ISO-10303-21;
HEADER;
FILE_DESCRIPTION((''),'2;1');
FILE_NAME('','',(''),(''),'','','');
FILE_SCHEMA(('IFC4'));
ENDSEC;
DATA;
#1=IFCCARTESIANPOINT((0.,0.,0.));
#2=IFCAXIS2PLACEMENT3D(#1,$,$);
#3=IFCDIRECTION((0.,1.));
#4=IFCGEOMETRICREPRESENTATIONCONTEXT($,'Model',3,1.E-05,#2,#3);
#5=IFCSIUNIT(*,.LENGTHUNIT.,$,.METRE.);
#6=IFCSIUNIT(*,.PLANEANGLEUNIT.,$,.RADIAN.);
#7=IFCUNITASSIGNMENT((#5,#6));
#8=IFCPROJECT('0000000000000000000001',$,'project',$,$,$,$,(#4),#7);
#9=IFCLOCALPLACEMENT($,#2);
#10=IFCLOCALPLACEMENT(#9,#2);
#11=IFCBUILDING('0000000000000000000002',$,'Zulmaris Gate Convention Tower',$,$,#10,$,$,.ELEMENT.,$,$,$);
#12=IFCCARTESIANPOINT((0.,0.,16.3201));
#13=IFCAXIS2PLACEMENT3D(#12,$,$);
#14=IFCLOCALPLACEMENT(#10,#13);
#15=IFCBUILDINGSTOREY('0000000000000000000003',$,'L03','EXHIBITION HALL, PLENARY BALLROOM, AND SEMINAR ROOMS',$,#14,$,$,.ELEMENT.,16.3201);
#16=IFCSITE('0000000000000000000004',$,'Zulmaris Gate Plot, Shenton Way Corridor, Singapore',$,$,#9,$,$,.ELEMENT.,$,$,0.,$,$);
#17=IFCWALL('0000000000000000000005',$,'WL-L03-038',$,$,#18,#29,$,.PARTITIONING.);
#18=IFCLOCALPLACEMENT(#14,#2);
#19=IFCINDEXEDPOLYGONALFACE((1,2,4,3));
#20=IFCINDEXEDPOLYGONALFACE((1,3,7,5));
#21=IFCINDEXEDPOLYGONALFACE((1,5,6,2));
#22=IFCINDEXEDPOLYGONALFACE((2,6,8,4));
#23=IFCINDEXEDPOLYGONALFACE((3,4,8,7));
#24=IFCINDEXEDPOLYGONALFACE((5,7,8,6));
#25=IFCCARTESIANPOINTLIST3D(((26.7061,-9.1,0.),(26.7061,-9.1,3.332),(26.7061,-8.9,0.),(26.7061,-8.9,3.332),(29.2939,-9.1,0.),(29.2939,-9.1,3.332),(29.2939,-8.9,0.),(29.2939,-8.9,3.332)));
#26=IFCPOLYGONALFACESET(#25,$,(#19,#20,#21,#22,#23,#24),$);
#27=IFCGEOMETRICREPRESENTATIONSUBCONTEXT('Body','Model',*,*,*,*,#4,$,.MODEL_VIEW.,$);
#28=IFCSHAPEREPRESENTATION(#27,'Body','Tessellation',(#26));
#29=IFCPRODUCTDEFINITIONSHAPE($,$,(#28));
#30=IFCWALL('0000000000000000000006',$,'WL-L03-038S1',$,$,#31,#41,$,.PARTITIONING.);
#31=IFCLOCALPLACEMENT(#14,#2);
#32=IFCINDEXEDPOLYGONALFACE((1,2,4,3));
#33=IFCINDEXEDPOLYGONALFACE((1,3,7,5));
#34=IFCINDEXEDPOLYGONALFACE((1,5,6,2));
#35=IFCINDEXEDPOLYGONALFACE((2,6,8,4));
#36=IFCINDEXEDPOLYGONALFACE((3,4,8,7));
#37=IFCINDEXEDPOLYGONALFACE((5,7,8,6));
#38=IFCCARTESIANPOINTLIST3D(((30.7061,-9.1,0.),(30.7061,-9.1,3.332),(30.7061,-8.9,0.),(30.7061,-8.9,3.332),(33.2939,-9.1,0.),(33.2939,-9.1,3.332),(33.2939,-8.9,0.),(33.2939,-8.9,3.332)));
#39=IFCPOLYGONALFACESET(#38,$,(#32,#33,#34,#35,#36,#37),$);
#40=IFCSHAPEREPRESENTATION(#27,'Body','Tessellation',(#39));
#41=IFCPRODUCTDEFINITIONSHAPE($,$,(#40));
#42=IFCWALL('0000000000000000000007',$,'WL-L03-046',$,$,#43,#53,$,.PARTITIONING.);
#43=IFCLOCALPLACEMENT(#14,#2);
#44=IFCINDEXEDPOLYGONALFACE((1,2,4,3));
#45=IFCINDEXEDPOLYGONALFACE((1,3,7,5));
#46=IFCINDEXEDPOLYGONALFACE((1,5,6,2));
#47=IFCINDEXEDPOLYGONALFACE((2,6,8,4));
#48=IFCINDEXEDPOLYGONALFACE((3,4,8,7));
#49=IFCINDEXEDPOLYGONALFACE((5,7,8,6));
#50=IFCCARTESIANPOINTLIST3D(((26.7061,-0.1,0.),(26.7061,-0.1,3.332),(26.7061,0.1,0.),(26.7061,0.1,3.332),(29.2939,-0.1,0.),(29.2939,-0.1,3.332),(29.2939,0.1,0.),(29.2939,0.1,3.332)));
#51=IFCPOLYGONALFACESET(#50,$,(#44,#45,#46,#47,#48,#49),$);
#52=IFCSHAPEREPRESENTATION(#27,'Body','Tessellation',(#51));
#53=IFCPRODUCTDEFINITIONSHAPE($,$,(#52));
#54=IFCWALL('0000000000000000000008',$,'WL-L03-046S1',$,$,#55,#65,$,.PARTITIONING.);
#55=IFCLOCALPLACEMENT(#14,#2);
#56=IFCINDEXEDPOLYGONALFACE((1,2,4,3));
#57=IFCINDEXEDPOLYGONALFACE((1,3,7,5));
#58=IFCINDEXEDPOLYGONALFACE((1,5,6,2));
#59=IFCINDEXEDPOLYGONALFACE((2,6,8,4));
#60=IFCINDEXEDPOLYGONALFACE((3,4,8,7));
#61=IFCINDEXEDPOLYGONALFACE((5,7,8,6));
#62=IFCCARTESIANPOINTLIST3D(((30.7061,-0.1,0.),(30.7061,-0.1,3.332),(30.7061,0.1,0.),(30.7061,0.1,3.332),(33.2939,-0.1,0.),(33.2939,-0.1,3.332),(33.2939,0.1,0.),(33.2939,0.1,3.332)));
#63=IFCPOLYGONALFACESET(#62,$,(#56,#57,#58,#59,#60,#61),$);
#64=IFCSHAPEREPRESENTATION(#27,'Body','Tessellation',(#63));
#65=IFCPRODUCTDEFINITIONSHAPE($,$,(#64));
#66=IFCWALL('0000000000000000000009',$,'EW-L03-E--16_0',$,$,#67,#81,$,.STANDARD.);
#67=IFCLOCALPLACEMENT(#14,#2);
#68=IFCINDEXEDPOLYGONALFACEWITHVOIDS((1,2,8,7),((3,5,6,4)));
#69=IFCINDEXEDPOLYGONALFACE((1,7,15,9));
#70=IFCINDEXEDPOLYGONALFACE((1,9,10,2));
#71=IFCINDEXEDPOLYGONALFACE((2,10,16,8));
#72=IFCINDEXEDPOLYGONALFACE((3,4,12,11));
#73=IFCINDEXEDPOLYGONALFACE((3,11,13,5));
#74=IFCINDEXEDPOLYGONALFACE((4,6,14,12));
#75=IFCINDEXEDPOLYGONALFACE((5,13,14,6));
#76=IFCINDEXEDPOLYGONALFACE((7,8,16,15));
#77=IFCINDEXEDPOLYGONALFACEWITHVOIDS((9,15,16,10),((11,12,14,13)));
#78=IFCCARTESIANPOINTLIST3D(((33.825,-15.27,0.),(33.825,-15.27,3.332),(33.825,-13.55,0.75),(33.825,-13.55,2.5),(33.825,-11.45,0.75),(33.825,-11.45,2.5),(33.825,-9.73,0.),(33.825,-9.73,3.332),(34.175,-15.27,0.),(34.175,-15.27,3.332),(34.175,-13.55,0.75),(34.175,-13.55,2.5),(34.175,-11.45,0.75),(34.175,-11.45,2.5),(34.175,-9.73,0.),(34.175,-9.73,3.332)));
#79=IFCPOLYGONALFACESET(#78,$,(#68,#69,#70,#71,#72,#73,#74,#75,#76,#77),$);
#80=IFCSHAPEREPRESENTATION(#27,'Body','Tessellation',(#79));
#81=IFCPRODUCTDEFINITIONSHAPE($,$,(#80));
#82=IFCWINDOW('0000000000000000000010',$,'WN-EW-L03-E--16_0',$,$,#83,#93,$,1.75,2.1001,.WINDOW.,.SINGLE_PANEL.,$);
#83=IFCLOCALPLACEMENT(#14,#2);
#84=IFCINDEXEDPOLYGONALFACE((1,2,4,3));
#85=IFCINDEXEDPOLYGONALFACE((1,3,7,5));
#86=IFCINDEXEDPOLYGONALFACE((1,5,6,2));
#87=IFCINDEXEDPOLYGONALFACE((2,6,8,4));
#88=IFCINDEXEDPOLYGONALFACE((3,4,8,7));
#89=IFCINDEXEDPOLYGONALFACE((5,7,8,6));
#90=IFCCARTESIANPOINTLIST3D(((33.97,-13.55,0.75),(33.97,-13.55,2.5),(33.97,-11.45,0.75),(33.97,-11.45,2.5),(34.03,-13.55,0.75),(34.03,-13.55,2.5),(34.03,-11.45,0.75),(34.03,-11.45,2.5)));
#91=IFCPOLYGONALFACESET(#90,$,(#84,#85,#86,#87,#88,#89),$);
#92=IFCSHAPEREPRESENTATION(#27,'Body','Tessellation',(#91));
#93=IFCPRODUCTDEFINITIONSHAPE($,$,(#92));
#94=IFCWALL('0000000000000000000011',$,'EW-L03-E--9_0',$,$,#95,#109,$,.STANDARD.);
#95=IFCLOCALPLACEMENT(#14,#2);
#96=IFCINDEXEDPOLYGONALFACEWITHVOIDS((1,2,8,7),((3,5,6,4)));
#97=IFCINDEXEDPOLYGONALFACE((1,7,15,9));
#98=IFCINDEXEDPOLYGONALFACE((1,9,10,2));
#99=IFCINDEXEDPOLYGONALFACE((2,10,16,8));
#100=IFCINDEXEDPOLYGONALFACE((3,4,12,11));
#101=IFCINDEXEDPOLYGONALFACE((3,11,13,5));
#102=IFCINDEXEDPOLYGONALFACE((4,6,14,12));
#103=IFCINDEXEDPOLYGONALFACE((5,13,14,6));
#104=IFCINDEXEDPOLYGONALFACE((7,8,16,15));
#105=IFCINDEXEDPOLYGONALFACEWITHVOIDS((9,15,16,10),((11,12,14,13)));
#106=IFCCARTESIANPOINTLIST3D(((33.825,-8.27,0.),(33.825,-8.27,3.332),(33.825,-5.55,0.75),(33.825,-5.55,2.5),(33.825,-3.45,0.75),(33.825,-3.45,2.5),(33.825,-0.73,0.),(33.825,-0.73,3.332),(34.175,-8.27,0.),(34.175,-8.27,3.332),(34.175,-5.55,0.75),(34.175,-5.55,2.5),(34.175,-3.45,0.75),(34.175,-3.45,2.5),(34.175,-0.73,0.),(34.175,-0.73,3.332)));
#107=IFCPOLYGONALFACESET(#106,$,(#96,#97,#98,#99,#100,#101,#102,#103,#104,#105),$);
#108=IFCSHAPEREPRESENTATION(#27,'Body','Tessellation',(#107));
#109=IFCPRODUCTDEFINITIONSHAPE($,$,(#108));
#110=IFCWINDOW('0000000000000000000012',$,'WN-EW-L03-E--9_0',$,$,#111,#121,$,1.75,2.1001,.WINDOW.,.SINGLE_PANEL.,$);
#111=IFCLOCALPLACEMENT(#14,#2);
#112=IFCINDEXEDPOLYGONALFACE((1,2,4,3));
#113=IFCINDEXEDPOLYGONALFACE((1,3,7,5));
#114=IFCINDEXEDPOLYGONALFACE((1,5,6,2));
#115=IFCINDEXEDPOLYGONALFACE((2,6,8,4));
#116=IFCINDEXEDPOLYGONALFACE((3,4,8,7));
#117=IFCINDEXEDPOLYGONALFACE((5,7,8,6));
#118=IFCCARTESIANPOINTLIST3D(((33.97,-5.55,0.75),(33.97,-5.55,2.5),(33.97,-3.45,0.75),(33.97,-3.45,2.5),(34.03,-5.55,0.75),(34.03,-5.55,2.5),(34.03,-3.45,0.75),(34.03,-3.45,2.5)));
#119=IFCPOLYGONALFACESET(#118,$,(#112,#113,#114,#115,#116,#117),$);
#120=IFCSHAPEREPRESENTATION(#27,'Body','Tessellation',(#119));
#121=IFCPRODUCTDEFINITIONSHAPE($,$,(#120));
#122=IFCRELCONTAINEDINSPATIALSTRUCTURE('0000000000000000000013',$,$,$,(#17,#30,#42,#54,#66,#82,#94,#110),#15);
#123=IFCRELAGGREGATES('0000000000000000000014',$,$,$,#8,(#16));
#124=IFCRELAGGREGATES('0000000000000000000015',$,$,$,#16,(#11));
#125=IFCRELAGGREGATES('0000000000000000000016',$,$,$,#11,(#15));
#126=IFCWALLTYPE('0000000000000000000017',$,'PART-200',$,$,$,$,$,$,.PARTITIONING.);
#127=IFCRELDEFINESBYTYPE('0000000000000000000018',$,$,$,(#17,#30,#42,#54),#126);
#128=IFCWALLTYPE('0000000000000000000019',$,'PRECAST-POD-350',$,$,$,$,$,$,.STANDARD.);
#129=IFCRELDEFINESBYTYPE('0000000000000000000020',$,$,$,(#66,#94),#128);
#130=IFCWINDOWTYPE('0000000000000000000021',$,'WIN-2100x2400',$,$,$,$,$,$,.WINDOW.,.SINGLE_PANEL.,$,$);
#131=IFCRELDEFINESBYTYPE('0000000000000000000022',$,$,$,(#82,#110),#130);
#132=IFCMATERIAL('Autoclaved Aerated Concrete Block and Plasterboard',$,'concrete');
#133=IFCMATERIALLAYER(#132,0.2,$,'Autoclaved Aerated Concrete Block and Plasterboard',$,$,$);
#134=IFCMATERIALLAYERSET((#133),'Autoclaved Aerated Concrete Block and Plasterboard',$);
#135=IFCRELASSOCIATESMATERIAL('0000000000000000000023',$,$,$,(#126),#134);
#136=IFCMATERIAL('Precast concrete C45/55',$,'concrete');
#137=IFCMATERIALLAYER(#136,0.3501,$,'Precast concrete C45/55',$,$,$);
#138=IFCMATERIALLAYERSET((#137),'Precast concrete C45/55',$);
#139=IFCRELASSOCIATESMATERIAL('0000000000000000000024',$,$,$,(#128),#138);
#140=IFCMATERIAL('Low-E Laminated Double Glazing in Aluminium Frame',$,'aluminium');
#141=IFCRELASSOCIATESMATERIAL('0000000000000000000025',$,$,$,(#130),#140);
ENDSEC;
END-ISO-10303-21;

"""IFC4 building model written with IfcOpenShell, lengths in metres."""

from ifc_helpers import new_model, si_unit, direction, frame, frame_2d, origin, place, context, subcontext, project, spatial, rectangle, extrude, material, layer, layer_set, type_object, element, fill, save


model = new_model("IFC4")

# Units and contexts
model_context = context("Model", 3, precision=1e-05, world=origin(), true_north=direction((0.0, 1.0)))
body_context = subcontext(model_context, "Body", "Model", "MODEL_VIEW")
ifc_project = project(units=[si_unit("LENGTHUNIT", "METRE"), si_unit("PLANEANGLEUNIT", "RADIAN")], contexts=[model_context])

# Site, building, storey
site_placement = place(None, origin())
site = spatial("IfcSite", under=ifc_project, at=site_placement, Name="Zulmaris Gate Plot, Shenton Way Corridor, Singapore", CompositionType="ELEMENT", RefElevation=0.0)
building_placement = place(site_placement, origin())
building = spatial("IfcBuilding", under=site, at=building_placement, Name="Zulmaris Gate Convention Tower", CompositionType="ELEMENT")
storey_placement = place(building_placement, frame((0.0, 0.0, 16.3201)))
storey = spatial("IfcBuildingStorey", under=building, at=storey_placement, Name="L03", Description="EXHIBITION HALL, PLENARY BALLROOM, AND SEMINAR ROOMS", CompositionType="ELEMENT", Elevation=16.3201)

# Walls
ifc_material_1 = material(Name="Autoclaved Aerated Concrete Block and Plasterboard", Category="concrete")
ifc_layer_1 = layer(ifc_material_1, 0.2, Name="Autoclaved Aerated Concrete Block and Plasterboard")
ifc_layer_set_1 = layer_set([ifc_layer_1], Name="Autoclaved Aerated Concrete Block and Plasterboard")
wall_type_1 = type_object("IfcWallType", Name="PART-200", PredefinedType="PARTITIONING", material=ifc_layer_set_1)
for number, where, z_axis, x_axis, name in (
    (1, (26.7061, -9.0, 0.0), (0.0, 0.0, 1.0), (1.0, 0.0, 0.0), "WL-L03-038"),
    (2, (30.7061, -9.0, 0.0), (0.0, 0.0, 1.0), (1.0, 0.0, 0.0), "WL-L03-038S1"),
    (3, (26.7061, 0.0, 0.0), (0.0, 0.0, 1.0), (1.0, 0.0, 0.0), "WL-L03-046"),
    (4, (30.7061, 0.0, 0.0), (0.0, 0.0, 1.0), (1.0, 0.0, 0.0), "WL-L03-046S1"),
):
    element("IfcWall", number, at=place(storey_placement, frame(where, z_axis=z_axis, x_axis=x_axis)), inside=storey, type_object=wall_type_1, Name=name, PredefinedType="PARTITIONING", context=body_context, shape_type="SweptSolid", body=[
        extrude(rectangle(XDim=2.5879, YDim=0.2, at=frame_2d((1.2939, 0.0))), origin(), (0.0, 0.0, 1.0), 3.332),
    ])

# Walls, openings, windows
ifc_material_2 = material(Name="Precast concrete C45/55", Category="concrete")
ifc_layer_2 = layer(ifc_material_2, 0.3501, Name="Precast concrete C45/55")
ifc_layer_set_2 = layer_set([ifc_layer_2], Name="Precast concrete C45/55")
wall_type_2 = type_object("IfcWallType", Name="PRECAST-POD-350", PredefinedType="STANDARD", material=ifc_layer_set_2)
wall_1_placement = place(storey_placement, frame((34.0, -9.73, 0.0), z_axis=(0.0, 0.0, 1.0), x_axis=(0.0, -1.0, 0.0)))
wall_1 = element("IfcWall", 5, at=wall_1_placement, inside=storey, type_object=wall_type_2, Name="EW-L03-E--16_0", PredefinedType="STANDARD", context=body_context, shape_type="SweptSolid", body=[
    extrude(rectangle(XDim=5.54, YDim=0.3501, at=frame_2d((2.77, 0.0))), origin(), (0.0, 0.0, 1.0), 3.332),
])
opening_1_placement = place(wall_1_placement, frame((1.72, 0.0, 0.75)))
opening_1 = element("IfcOpeningElement", 6, at=opening_1_placement, cuts=wall_1, PredefinedType="OPENING", context=body_context, shape_type="SweptSolid", body=[
    extrude(rectangle(XDim=2.1001, YDim=1.75, at=frame_2d((1.05, 0.875))), frame((0.0, 0.1851, 0.0), z_axis=(0.0, -1.0, 0.0), x_axis=(1.0, 0.0, 0.0)), (0.0, 0.0, 1.0), 0.3701),
])
ifc_material_3 = material(Name="Low-E Laminated Double Glazing in Aluminium Frame", Category="aluminium")
window_type = type_object("IfcWindowType", Name="WIN-2100x2400", PartitioningType="SINGLE_PANEL", PredefinedType="WINDOW", material=ifc_material_3)
window_1_placement = place(opening_1_placement, origin())
window_1 = element("IfcWindow", 7, at=window_1_placement, inside=storey, type_object=window_type, Name="WN-EW-L03-E--16_0", OverallHeight=1.75, OverallWidth=2.1001, PartitioningType="SINGLE_PANEL", PredefinedType="WINDOW", context=body_context, shape_type="SweptSolid", body=[
    extrude(rectangle(XDim=2.1001, YDim=1.75, at=frame_2d((1.05, 0.875))), frame((0.0, 0.03, 0.0), z_axis=(0.0, -1.0, 0.0), x_axis=(1.0, 0.0, 0.0)), (0.0, 0.0, 1.0), 0.0601),
])
fill(opening_1, window_1)
wall_2_placement = place(storey_placement, frame((34.0, -0.73, 0.0), z_axis=(0.0, 0.0, 1.0), x_axis=(0.0, -1.0, 0.0)))
wall_2 = element("IfcWall", 8, at=wall_2_placement, inside=storey, type_object=wall_type_2, Name="EW-L03-E--9_0", PredefinedType="STANDARD", context=body_context, shape_type="SweptSolid", body=[
    extrude(rectangle(XDim=7.54, YDim=0.3501, at=frame_2d((3.77, 0.0))), origin(), (0.0, 0.0, 1.0), 3.332),
])
opening_2_placement = place(wall_2_placement, frame((2.72, 0.0, 0.75)))
opening_2 = element("IfcOpeningElement", 9, at=opening_2_placement, cuts=wall_2, PredefinedType="OPENING", context=body_context, shape_type="SweptSolid", body=[
    extrude(rectangle(XDim=2.1001, YDim=1.75, at=frame_2d((1.05, 0.875))), frame((0.0, 0.1851, 0.0), z_axis=(0.0, -1.0, 0.0), x_axis=(1.0, 0.0, 0.0)), (0.0, 0.0, 1.0), 0.3701),
])
window_2_placement = place(opening_2_placement, origin())
window_2 = element("IfcWindow", 10, at=window_2_placement, inside=storey, type_object=window_type, Name="WN-EW-L03-E--9_0", OverallHeight=1.75, OverallWidth=2.1001, PartitioningType="SINGLE_PANEL", PredefinedType="WINDOW", context=body_context, shape_type="SweptSolid", body=[
    extrude(rectangle(XDim=2.1001, YDim=1.75, at=frame_2d((1.05, 0.875))), frame((0.0, 0.03, 0.0), z_axis=(0.0, -1.0, 0.0), x_axis=(1.0, 0.0, 0.0)), (0.0, 0.0, 1.0), 0.0601),
])
fill(opening_2, window_2)

save(model, "model.ifc")
